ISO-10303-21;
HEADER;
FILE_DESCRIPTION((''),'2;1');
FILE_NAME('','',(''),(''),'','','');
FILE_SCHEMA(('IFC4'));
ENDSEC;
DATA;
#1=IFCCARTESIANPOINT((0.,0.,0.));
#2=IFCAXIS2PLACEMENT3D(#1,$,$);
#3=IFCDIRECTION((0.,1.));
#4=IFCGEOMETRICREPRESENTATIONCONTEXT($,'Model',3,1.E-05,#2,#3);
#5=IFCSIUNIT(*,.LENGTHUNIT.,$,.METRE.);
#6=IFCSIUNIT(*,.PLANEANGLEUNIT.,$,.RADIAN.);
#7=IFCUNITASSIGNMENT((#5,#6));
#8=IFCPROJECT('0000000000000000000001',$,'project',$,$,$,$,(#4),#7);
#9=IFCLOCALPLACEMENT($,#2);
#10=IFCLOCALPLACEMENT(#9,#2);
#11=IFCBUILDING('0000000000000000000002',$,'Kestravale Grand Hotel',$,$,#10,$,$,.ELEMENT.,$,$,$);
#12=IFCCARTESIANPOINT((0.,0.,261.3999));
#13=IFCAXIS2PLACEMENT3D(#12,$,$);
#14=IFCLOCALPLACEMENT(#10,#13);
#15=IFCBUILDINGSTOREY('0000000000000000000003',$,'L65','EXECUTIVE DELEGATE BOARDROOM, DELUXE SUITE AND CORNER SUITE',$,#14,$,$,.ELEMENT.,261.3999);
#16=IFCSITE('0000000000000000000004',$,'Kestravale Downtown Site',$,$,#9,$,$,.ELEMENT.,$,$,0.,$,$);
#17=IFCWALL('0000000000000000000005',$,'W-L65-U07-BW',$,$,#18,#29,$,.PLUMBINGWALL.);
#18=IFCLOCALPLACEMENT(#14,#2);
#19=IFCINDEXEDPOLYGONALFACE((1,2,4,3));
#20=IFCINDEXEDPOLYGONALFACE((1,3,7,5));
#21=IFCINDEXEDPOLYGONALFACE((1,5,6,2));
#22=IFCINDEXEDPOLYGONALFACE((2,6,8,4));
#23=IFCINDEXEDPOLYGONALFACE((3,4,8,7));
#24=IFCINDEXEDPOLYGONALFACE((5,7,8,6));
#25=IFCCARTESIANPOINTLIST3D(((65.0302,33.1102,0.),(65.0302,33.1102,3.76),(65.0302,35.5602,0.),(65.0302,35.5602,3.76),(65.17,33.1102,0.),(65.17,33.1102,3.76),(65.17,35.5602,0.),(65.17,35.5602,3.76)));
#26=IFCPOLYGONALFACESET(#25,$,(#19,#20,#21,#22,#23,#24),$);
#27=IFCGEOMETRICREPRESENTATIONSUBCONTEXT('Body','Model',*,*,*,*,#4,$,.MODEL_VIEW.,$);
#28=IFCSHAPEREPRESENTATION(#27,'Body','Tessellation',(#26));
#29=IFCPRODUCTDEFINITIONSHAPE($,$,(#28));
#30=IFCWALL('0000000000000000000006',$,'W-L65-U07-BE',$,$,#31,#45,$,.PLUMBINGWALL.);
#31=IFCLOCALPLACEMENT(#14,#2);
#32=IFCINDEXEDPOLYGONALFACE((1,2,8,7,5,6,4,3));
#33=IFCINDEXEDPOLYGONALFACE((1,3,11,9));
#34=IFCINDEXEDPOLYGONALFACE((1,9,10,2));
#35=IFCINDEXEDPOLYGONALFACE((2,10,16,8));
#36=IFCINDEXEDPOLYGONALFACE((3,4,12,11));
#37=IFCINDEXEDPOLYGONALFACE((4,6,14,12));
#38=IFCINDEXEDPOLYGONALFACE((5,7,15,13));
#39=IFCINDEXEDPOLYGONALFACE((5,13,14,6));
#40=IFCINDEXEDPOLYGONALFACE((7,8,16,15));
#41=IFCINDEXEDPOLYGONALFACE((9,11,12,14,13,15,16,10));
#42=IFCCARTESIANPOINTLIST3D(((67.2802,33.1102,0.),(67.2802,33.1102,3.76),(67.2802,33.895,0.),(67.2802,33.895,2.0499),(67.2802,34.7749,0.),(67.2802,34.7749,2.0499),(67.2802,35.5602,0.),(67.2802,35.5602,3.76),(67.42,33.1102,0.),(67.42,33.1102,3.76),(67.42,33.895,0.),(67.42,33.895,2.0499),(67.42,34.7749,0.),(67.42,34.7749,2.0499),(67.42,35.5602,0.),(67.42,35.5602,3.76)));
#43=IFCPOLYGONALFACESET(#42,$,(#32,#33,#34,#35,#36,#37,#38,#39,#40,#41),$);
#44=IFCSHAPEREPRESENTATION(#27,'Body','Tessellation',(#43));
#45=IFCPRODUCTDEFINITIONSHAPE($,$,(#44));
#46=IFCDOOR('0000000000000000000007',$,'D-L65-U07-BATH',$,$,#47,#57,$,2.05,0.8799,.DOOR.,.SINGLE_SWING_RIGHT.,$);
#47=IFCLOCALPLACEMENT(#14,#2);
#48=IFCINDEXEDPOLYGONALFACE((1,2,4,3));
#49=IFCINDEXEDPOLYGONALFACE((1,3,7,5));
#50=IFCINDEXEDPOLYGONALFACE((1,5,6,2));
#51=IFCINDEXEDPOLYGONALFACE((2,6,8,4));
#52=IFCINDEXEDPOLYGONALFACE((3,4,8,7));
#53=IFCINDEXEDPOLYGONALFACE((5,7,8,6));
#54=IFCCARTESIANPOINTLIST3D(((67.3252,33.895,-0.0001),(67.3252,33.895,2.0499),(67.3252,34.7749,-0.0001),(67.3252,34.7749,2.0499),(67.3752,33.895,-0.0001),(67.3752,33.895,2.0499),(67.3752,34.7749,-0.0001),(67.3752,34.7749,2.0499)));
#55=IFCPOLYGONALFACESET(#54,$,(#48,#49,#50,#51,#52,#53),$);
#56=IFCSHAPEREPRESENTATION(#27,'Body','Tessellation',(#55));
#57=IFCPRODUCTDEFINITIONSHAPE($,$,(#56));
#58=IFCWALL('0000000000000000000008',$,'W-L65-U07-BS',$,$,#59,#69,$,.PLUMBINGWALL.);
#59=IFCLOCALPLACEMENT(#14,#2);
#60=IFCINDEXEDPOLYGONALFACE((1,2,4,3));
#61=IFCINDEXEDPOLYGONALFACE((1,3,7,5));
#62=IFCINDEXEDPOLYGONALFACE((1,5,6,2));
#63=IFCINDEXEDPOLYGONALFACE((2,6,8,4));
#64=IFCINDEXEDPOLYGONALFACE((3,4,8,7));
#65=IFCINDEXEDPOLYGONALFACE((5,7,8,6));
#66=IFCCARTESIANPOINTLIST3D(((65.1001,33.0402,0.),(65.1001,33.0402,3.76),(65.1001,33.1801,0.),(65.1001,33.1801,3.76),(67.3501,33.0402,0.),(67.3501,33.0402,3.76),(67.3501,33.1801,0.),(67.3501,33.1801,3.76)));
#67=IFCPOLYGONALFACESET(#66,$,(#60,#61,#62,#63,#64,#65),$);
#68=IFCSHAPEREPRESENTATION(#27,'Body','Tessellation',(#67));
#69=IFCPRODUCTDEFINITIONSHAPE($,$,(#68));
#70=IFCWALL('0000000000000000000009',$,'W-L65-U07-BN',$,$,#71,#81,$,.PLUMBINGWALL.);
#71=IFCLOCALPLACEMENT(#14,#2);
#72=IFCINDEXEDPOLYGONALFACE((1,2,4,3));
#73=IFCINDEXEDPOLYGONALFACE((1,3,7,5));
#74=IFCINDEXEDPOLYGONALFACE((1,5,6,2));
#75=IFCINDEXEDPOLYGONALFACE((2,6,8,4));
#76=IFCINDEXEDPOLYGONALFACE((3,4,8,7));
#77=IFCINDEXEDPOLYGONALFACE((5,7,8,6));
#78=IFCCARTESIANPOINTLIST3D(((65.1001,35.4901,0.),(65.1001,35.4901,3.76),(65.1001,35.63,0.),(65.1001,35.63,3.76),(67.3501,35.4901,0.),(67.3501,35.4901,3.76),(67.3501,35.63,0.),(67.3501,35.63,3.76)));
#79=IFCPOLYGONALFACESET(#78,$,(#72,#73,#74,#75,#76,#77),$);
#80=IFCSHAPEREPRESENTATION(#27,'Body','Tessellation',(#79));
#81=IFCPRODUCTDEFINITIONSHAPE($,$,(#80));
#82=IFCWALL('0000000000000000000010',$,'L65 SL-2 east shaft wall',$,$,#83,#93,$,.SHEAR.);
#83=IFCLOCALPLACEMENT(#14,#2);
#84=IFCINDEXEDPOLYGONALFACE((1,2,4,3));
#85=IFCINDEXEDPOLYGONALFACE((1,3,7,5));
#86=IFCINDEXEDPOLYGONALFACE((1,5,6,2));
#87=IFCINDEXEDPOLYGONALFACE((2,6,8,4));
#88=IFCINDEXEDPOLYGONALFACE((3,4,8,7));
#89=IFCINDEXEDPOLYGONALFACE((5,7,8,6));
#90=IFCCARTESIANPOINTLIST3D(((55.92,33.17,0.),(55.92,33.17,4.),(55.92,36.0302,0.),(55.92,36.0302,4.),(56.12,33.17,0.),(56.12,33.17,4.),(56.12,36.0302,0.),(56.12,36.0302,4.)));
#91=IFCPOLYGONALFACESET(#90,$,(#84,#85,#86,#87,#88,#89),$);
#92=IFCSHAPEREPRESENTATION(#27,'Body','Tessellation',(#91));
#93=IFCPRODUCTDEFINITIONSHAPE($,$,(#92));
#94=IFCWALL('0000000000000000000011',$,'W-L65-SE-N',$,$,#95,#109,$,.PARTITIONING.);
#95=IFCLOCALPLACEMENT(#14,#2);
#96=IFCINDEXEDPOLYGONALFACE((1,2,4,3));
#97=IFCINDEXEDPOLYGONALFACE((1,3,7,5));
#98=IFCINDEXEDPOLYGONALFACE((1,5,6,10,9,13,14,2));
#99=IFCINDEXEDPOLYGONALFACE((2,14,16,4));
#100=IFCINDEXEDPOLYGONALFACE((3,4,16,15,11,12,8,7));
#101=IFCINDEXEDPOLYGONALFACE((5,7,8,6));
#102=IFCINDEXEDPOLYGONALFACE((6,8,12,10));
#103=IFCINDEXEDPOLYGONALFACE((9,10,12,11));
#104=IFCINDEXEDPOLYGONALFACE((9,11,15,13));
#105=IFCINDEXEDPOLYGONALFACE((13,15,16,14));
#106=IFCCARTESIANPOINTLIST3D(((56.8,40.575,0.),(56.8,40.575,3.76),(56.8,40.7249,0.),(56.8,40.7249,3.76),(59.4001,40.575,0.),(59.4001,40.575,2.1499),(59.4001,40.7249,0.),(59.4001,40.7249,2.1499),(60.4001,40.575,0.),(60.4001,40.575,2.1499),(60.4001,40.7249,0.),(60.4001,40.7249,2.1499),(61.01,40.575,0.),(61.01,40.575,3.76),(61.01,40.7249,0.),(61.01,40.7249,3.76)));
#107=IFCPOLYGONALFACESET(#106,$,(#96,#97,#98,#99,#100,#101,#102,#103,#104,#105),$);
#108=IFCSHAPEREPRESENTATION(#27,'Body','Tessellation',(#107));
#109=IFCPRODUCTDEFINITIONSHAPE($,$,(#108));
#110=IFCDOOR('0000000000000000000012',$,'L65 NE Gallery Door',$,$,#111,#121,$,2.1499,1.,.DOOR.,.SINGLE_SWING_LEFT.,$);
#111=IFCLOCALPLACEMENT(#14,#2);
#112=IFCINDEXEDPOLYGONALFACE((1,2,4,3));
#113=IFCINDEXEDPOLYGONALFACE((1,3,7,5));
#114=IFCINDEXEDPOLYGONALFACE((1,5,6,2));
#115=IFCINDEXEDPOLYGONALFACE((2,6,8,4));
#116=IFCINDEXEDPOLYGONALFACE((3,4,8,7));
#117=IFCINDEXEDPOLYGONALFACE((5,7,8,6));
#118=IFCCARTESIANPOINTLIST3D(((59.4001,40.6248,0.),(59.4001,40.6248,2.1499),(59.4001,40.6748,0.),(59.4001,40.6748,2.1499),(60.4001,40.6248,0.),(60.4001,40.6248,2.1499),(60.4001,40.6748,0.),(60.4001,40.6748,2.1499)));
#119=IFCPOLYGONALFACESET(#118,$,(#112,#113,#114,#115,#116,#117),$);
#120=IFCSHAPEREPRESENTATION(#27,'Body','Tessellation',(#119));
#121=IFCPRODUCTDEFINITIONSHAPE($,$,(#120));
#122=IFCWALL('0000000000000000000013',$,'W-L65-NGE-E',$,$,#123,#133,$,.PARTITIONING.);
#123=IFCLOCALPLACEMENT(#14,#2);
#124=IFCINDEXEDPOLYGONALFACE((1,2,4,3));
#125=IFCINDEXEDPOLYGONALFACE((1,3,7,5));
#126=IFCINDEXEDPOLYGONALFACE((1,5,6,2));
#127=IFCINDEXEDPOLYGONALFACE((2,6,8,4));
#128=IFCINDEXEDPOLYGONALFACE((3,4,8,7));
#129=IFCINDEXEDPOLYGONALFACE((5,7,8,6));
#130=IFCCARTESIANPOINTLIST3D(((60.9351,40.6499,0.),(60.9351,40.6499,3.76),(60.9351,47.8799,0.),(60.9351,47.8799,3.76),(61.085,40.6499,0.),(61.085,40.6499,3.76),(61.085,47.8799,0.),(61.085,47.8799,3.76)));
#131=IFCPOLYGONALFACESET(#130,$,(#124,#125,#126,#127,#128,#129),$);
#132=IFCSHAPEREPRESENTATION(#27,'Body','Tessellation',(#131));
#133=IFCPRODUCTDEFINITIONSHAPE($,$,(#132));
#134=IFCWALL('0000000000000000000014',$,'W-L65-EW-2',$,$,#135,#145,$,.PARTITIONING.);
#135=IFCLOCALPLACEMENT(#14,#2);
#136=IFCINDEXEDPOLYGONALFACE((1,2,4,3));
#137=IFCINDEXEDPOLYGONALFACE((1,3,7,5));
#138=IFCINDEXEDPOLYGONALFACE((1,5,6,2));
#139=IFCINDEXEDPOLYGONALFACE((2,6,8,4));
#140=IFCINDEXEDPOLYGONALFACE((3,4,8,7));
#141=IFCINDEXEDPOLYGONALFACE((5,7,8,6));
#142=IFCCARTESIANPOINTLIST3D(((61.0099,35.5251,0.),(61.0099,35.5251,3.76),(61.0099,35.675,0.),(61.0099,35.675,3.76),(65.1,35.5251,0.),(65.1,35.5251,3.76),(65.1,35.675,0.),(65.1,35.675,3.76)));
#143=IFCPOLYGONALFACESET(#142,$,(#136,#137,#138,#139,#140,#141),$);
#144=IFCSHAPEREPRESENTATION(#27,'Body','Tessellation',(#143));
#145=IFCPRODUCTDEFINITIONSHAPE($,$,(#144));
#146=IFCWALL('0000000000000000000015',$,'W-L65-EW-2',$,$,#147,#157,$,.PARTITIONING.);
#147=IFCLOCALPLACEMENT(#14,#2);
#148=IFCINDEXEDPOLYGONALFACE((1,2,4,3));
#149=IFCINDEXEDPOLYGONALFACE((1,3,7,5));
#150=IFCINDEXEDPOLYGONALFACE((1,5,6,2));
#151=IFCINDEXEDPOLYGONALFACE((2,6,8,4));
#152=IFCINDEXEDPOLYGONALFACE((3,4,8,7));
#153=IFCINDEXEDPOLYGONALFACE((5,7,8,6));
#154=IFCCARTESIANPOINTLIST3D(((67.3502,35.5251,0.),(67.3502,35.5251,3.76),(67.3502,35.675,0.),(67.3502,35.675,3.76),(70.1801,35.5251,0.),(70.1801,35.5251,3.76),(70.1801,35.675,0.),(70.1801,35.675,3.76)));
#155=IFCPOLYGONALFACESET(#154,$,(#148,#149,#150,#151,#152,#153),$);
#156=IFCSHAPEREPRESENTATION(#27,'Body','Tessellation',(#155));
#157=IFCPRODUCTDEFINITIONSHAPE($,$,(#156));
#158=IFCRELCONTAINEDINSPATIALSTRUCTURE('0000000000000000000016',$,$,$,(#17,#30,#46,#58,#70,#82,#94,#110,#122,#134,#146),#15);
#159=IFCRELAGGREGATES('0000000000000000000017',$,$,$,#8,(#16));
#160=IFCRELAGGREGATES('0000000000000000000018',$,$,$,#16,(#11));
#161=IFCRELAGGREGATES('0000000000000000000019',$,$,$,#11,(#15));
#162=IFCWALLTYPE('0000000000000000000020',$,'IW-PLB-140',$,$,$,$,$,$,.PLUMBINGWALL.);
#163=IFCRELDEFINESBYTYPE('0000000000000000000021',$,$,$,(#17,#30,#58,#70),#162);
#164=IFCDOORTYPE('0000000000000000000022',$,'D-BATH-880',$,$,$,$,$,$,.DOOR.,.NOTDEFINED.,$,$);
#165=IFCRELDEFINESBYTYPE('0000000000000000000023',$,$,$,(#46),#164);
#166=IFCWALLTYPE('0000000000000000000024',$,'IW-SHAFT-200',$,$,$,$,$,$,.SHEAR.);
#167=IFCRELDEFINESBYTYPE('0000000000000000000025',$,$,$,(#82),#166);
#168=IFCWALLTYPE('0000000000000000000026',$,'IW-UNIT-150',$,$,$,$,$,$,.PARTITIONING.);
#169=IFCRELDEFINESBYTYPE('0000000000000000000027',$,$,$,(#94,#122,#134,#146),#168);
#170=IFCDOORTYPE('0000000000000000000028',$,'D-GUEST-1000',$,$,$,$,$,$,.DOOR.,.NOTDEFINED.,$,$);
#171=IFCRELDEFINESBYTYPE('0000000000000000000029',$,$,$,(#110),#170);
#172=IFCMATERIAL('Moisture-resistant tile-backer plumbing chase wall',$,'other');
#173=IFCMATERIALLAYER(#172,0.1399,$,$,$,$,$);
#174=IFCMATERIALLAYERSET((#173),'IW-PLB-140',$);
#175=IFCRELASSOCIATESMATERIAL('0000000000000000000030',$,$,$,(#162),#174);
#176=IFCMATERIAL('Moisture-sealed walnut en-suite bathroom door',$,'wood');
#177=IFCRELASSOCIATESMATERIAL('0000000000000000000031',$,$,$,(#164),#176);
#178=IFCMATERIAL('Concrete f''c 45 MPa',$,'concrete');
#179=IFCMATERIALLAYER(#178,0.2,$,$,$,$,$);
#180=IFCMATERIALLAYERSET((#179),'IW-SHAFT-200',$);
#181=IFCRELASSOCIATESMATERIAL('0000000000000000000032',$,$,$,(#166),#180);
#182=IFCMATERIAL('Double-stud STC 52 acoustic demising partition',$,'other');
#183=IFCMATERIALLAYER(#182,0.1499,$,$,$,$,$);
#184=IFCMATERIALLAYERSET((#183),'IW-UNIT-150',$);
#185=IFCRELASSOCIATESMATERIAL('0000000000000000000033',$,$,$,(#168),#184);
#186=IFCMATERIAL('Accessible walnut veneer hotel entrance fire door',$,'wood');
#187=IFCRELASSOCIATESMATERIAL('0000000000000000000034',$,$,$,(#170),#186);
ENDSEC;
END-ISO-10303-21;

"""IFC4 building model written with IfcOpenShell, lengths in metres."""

from ifc_helpers import new_model, si_unit, direction, frame, frame_2d, origin, place, context, subcontext, project, spatial, rectangle, extrude, material, layer, layer_set, type_object, element, fill, save


model = new_model("IFC4")

# Units and contexts
model_context = context("Model", 3, precision=1e-05, world=origin(), true_north=direction((0.0, 1.0)))
body_context = subcontext(model_context, "Body", "Model", "MODEL_VIEW")
ifc_project = project(units=[si_unit("LENGTHUNIT", "METRE"), si_unit("PLANEANGLEUNIT", "RADIAN")], contexts=[model_context])

# Site, building, storey
site_placement = place(None, origin())
site = spatial("IfcSite", under=ifc_project, at=site_placement, Name="Kestravale Downtown Site", CompositionType="ELEMENT", RefElevation=0.0)
building_placement = place(site_placement, origin())
building = spatial("IfcBuilding", under=site, at=building_placement, Name="Kestravale Grand Hotel", CompositionType="ELEMENT")
storey_placement = place(building_placement, frame((0.0, 0.0, 261.3999)))
storey = spatial("IfcBuildingStorey", under=building, at=storey_placement, Name="L65", Description="EXECUTIVE DELEGATE BOARDROOM, DELUXE SUITE AND CORNER SUITE", CompositionType="ELEMENT", Elevation=261.3999)

# Wall
ifc_material_1 = material(Name="Moisture-resistant tile-backer plumbing chase wall", Category="other")
ifc_layer_1 = layer(ifc_material_1, 0.1399)
ifc_layer_set_1 = layer_set([ifc_layer_1], Name="IW-PLB-140")
wall_type_1 = type_object("IfcWallType", Name="IW-PLB-140", PredefinedType="PLUMBINGWALL", material=ifc_layer_set_1)
wall_1_placement = place(storey_placement, frame((65.1001, 33.1101, 0.0), z_axis=(0.0, 0.0, 1.0), x_axis=(0.0, 1.0, 0.0)))
element("IfcWall", 1, at=wall_1_placement, inside=storey, type_object=wall_type_1, Name="W-L65-U07-BW", PredefinedType="PLUMBINGWALL", context=body_context, shape_type="SweptSolid", body=[
    extrude(rectangle(XDim=2.45, YDim=0.1399, at=frame_2d((1.2251, 0.0))), origin(), (0.0, 0.0, 1.0), 3.76),
])

# Wall, opening, door
wall_2_placement = place(storey_placement, frame((67.3501, 33.1101, 0.0), z_axis=(0.0, 0.0, 1.0), x_axis=(0.0, 1.0, 0.0)))
wall_2 = element("IfcWall", 2, at=wall_2_placement, inside=storey, type_object=wall_type_1, Name="W-L65-U07-BE", PredefinedType="PLUMBINGWALL", context=body_context, shape_type="SweptSolid", body=[
    extrude(rectangle(XDim=2.45, YDim=0.1399, at=frame_2d((1.2251, 0.0))), origin(), (0.0, 0.0, 1.0), 3.76),
])
opening_1_placement = place(wall_2_placement, frame((0.7849, 0.0, 0.0)))
opening_1 = element("IfcOpeningElement", 3, at=opening_1_placement, cuts=wall_2, PredefinedType="OPENING", context=body_context, shape_type="SweptSolid", body=[
    extrude(rectangle(XDim=0.8799, YDim=2.05, at=frame_2d((0.4399, 1.0249))), frame((0.0, 0.0798, 0.0), z_axis=(0.0, -1.0, 0.0), x_axis=(1.0, 0.0, 0.0)), (0.0, 0.0, 1.0), 0.1599),
])
ifc_material_2 = material(Name="Moisture-sealed walnut en-suite bathroom door", Category="wood")
door_type_1 = type_object("IfcDoorType", Name="D-BATH-880", OperationType="NOTDEFINED", PredefinedType="DOOR", material=ifc_material_2)
door_1_placement = place(opening_1_placement, origin())
door_1 = element("IfcDoor", 4, at=door_1_placement, inside=storey, type_object=door_type_1, Name="D-L65-U07-BATH", OperationType="SINGLE_SWING_RIGHT", OverallHeight=2.05, OverallWidth=0.8799, PredefinedType="DOOR", context=body_context, shape_type="SweptSolid", body=[
    extrude(rectangle(XDim=0.8799, YDim=2.05, at=frame_2d((0.4399, 1.0249))), frame((0.0, 0.0249, 0.0), z_axis=(0.0, -1.0, 0.0), x_axis=(1.0, 0.0, 0.0)), (0.0, 0.0, 1.0), 0.05),
])
fill(opening_1, door_1)

# Walls
for number, where, z_axis, x_axis, name in (
    (5, (65.1001, 33.1101, 0.0), (0.0, 0.0, 1.0), (1.0, 0.0, 0.0), "W-L65-U07-BS"),
    (6, (65.1001, 35.5601, 0.0), (0.0, 0.0, 1.0), (1.0, 0.0, 0.0), "W-L65-U07-BN"),
):
    element("IfcWall", number, at=place(storey_placement, frame(where, z_axis=z_axis, x_axis=x_axis)), inside=storey, type_object=wall_type_1, Name=name, PredefinedType="PLUMBINGWALL", context=body_context, shape_type="SweptSolid", body=[
        extrude(rectangle(XDim=2.25, YDim=0.1399, at=frame_2d((1.125, 0.0))), origin(), (0.0, 0.0, 1.0), 3.76),
    ])
ifc_material_3 = material(Name="Concrete f'c 45 MPa", Category="concrete")
ifc_layer_2 = layer(ifc_material_3, 0.2)
ifc_layer_set_2 = layer_set([ifc_layer_2], Name="IW-SHAFT-200")
wall_type_2 = type_object("IfcWallType", Name="IW-SHAFT-200", PredefinedType="SHEAR", material=ifc_layer_set_2)
wall_3_placement = place(storey_placement, frame((56.02, 33.1699, 0.0), z_axis=(0.0, 0.0, 1.0), x_axis=(0.0, 1.0, 0.0)))
element("IfcWall", 7, at=wall_3_placement, inside=storey, type_object=wall_type_2, Name="L65 SL-2 east shaft wall", PredefinedType="SHEAR", context=body_context, shape_type="SweptSolid", body=[
    extrude(rectangle(XDim=2.8601, YDim=0.2, at=frame_2d((1.4302, 0.0))), origin(), (0.0, 0.0, 1.0), 4.0),
])

# Wall, opening, door
ifc_material_4 = material(Name="Double-stud STC 52 acoustic demising partition", Category="other")
ifc_layer_3 = layer(ifc_material_4, 0.1499)
ifc_layer_set_3 = layer_set([ifc_layer_3], Name="IW-UNIT-150")
wall_type_3 = type_object("IfcWallType", Name="IW-UNIT-150", PredefinedType="PARTITIONING", material=ifc_layer_set_3)
wall_4_placement = place(storey_placement, frame((56.8, 40.6499, 0.0), z_axis=(0.0, 0.0, 1.0), x_axis=(1.0, 0.0, 0.0)))
wall_4 = element("IfcWall", 8, at=wall_4_placement, inside=storey, type_object=wall_type_3, Name="W-L65-SE-N", PredefinedType="PARTITIONING", context=body_context, shape_type="SweptSolid", body=[
    extrude(rectangle(XDim=4.21, YDim=0.1499, at=frame_2d((2.105, 0.0))), origin(), (0.0, 0.0, 1.0), 3.76),
])
opening_2_placement = place(wall_4_placement, frame((2.6001, 0.0, 0.0)))
opening_2 = element("IfcOpeningElement", 9, at=opening_2_placement, cuts=wall_4, PredefinedType="OPENING", context=body_context, shape_type="SweptSolid", body=[
    extrude(rectangle(XDim=1.0, YDim=2.1499, at=frame_2d((0.5, 1.075))), frame((0.0, 0.085, 0.0), z_axis=(0.0, -1.0, 0.0), x_axis=(1.0, 0.0, 0.0)), (0.0, 0.0, 1.0), 0.1699),
])
ifc_material_5 = material(Name="Accessible walnut veneer hotel entrance fire door", Category="wood")
door_type_2 = type_object("IfcDoorType", Name="D-GUEST-1000", OperationType="NOTDEFINED", PredefinedType="DOOR", material=ifc_material_5)
door_2_placement = place(opening_2_placement, origin())
door_2 = element("IfcDoor", 10, at=door_2_placement, inside=storey, type_object=door_type_2, Name="L65 NE Gallery Door", OperationType="SINGLE_SWING_LEFT", OverallHeight=2.1499, OverallWidth=1.0, PredefinedType="DOOR", context=body_context, shape_type="SweptSolid", body=[
    extrude(rectangle(XDim=1.0, YDim=2.1499, at=frame_2d((0.5, 1.075))), frame((0.0, 0.0249, 0.0), z_axis=(0.0, -1.0, 0.0), x_axis=(1.0, 0.0, 0.0)), (0.0, 0.0, 1.0), 0.05),
])
fill(opening_2, door_2)

# Walls
wall_5_placement = place(storey_placement, frame((61.01, 40.6499, 0.0), z_axis=(0.0, 0.0, 1.0), x_axis=(0.0, 1.0, 0.0)))
element("IfcWall", 11, at=wall_5_placement, inside=storey, type_object=wall_type_3, Name="W-L65-NGE-E", PredefinedType="PARTITIONING", context=body_context, shape_type="SweptSolid", body=[
    extrude(rectangle(XDim=7.23, YDim=0.1499, at=frame_2d((3.615, 0.0))), origin(), (0.0, 0.0, 1.0), 3.76),
])
wall_6_placement = place(storey_placement, frame((61.01, 35.6001, 0.0), z_axis=(0.0, 0.0, 1.0), x_axis=(1.0, 0.0, 0.0)))
element("IfcWall", 12, at=wall_6_placement, inside=storey, type_object=wall_type_3, Name="W-L65-EW-2", PredefinedType="PARTITIONING", context=body_context, shape_type="SweptSolid", body=[
    extrude(rectangle(XDim=4.0901, YDim=0.1499, at=frame_2d((2.0449, 0.0))), origin(), (0.0, 0.0, 1.0), 3.76),
])
wall_7_placement = place(storey_placement, frame((67.3501, 35.6001, 0.0), z_axis=(0.0, 0.0, 1.0), x_axis=(1.0, 0.0, 0.0)))
element("IfcWall", 13, at=wall_7_placement, inside=storey, type_object=wall_type_3, Name="W-L65-EW-2", PredefinedType="PARTITIONING", context=body_context, shape_type="SweptSolid", body=[
    extrude(rectangle(XDim=2.8298, YDim=0.1499, at=frame_2d((1.415, 0.0))), origin(), (0.0, 0.0, 1.0), 3.76),
])

save(model, "model.ifc")
